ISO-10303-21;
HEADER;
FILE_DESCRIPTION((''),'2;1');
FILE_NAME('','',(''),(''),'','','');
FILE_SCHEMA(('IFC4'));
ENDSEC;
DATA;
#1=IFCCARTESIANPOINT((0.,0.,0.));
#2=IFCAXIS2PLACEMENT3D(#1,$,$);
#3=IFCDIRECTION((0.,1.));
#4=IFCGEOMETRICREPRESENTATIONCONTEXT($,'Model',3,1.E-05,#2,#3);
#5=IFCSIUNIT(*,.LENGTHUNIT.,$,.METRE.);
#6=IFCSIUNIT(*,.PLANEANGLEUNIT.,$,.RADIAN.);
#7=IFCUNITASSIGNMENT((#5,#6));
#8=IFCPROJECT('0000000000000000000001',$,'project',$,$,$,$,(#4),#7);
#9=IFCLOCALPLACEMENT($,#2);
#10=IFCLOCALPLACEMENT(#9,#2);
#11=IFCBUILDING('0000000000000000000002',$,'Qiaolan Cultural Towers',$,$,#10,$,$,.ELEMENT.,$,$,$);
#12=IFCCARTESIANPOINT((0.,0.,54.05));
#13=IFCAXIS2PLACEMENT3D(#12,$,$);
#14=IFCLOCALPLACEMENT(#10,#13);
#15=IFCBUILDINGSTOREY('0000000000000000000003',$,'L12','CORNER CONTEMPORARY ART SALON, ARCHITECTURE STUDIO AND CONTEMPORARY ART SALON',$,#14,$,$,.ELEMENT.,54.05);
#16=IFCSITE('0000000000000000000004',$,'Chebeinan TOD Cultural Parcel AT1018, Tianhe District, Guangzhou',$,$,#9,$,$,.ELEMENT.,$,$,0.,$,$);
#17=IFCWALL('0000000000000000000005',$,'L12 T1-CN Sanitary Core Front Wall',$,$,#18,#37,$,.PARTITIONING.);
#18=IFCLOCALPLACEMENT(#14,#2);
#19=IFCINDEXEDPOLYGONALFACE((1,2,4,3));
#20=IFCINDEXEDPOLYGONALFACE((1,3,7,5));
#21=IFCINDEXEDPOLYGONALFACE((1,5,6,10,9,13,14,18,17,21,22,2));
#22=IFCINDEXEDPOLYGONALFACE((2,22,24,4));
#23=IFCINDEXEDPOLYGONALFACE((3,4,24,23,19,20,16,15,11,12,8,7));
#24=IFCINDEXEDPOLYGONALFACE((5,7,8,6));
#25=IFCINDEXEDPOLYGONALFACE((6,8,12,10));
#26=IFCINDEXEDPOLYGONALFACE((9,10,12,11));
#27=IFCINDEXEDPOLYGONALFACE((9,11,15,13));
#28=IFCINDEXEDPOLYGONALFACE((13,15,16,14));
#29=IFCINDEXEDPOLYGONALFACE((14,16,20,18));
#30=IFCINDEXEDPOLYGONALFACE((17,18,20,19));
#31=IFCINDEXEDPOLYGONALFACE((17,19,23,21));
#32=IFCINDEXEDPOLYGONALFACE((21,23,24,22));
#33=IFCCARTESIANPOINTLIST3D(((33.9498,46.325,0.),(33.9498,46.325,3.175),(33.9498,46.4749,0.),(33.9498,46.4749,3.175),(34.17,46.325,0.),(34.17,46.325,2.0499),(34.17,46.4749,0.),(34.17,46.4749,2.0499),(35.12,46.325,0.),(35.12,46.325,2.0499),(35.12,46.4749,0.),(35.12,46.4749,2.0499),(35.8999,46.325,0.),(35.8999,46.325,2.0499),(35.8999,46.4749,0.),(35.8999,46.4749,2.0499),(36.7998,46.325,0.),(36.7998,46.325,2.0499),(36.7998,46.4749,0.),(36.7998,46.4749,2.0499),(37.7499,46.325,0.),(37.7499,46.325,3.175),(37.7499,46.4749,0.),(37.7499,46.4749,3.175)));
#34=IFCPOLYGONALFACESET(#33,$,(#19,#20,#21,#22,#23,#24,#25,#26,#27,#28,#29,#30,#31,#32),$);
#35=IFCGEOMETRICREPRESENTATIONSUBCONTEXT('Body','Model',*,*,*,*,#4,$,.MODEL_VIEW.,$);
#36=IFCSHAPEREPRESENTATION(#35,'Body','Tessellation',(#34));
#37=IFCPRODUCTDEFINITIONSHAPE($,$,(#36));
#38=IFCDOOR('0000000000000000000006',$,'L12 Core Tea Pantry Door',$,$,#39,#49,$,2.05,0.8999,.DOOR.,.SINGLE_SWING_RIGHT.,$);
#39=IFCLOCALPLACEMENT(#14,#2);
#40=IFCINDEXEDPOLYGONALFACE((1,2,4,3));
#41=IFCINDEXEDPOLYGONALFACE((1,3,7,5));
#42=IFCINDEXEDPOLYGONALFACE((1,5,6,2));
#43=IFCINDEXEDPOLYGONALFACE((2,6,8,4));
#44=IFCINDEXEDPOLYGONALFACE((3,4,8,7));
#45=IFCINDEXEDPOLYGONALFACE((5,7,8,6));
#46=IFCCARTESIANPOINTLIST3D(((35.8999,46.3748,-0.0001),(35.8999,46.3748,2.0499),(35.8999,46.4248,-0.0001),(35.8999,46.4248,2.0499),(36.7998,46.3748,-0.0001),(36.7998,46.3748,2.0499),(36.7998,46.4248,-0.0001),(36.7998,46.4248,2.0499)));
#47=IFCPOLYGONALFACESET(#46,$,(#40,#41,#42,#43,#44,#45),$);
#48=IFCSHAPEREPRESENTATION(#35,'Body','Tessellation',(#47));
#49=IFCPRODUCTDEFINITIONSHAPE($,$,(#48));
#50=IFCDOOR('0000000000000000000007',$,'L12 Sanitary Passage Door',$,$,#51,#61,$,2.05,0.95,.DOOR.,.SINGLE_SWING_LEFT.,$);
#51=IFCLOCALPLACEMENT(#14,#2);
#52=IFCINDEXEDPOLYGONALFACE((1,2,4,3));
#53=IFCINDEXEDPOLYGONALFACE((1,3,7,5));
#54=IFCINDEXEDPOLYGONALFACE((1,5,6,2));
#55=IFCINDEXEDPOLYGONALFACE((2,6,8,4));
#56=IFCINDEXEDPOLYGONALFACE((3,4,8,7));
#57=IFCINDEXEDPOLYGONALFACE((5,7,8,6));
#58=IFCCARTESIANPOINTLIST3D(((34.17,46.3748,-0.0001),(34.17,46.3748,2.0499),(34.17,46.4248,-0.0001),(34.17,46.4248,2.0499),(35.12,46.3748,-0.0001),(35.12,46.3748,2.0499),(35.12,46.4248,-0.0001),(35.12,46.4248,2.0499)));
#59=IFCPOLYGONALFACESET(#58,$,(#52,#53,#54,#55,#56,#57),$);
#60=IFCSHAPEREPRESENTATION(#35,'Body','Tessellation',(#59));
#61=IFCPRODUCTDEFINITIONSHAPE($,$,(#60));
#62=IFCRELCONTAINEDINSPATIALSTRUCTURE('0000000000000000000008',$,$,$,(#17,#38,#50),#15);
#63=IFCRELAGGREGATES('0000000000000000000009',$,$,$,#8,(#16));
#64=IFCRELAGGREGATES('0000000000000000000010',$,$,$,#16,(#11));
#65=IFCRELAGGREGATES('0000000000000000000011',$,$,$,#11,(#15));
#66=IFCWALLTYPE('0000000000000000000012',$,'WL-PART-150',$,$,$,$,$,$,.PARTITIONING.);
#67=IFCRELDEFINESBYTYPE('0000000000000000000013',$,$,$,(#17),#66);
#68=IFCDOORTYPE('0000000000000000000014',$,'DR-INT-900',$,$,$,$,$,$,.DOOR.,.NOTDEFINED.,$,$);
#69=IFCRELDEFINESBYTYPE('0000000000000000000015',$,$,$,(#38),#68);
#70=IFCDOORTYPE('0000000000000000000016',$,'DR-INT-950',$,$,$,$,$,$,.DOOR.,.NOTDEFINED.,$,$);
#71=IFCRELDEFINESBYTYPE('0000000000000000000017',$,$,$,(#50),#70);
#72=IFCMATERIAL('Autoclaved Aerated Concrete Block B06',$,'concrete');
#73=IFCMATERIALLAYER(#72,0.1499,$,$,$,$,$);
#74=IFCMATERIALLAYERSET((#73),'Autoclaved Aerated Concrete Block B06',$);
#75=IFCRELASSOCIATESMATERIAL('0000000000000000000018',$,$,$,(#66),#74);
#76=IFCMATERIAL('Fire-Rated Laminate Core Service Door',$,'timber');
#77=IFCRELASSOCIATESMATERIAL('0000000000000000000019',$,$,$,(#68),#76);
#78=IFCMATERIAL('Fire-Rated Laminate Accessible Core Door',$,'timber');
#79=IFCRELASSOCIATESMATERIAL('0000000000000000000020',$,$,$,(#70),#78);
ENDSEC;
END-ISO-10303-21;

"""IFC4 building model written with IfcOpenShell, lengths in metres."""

from ifc_helpers import new_model, si_unit, direction, frame, frame_2d, origin, place, context, subcontext, project, spatial, rectangle, extrude, material, layer, layer_set, type_object, element, fill, save


model = new_model("IFC4")

# Units and contexts
model_context = context("Model", 3, precision=1e-05, world=origin(), true_north=direction((0.0, 1.0)))
body_context = subcontext(model_context, "Body", "Model", "MODEL_VIEW")
ifc_project = project(units=[si_unit("LENGTHUNIT", "METRE"), si_unit("PLANEANGLEUNIT", "RADIAN")], contexts=[model_context])

# Site, building, storey
site_placement = place(None, origin())
site = spatial("IfcSite", under=ifc_project, at=site_placement, Name="Chebeinan TOD Cultural Parcel AT1018, Tianhe District, Guangzhou", CompositionType="ELEMENT", RefElevation=0.0)
building_placement = place(site_placement, origin())
building = spatial("IfcBuilding", under=site, at=building_placement, Name="Qiaolan Cultural Towers", CompositionType="ELEMENT")
storey_placement = place(building_placement, frame((0.0, 0.0, 54.05)))
storey = spatial("IfcBuildingStorey", under=building, at=storey_placement, Name="L12", Description="CORNER CONTEMPORARY ART SALON, ARCHITECTURE STUDIO AND CONTEMPORARY ART SALON", CompositionType="ELEMENT", Elevation=54.05)

# Shared definitions
ifc_material_1 = material(Name="Autoclaved Aerated Concrete Block B06", Category="concrete")
ifc_layer_1 = layer(ifc_material_1, 0.1499)
ifc_layer_set_1 = layer_set([ifc_layer_1], Name="Autoclaved Aerated Concrete Block B06")
wall_type_1 = type_object("IfcWallType", Name="WL-PART-150", PredefinedType="PARTITIONING", material=ifc_layer_set_1)

# Wall, openings, doors
wall_1_placement = place(storey_placement, frame((33.95, 46.3999, 0.0), z_axis=(0.0, 0.0, 1.0), x_axis=(1.0, 0.0, 0.0)))
wall_1 = element("IfcWall", 1, at=wall_1_placement, inside=storey, type_object=wall_type_1, Name="L12 T1-CN Sanitary Core Front Wall", PredefinedType="PARTITIONING", context=body_context, shape_type="SweptSolid", body=[
    extrude(rectangle(XDim=3.8, YDim=0.1499, at=frame_2d((1.8999, 0.0))), origin(), (0.0, 0.0, 1.0), 3.175),
])
opening_1_placement = place(wall_1_placement, frame((0.22, 0.0, 0.0)))
opening_1 = element("IfcOpeningElement", 2, at=opening_1_placement, cuts=wall_1, PredefinedType="OPENING", context=body_context, shape_type="SweptSolid", body=[
    extrude(rectangle(XDim=0.95, YDim=2.05, at=frame_2d((0.4751, 1.0249))), frame((0.0, 0.085, 0.0), z_axis=(0.0, -1.0, 0.0), x_axis=(1.0, 0.0, 0.0)), (0.0, 0.0, 1.0), 0.1699),
])
opening_2_placement = place(wall_1_placement, frame((1.95, 0.0, 0.0)))
opening_2 = element("IfcOpeningElement", 3, at=opening_2_placement, cuts=wall_1, PredefinedType="OPENING", context=body_context, shape_type="SweptSolid", body=[
    extrude(rectangle(XDim=0.8999, YDim=2.05, at=frame_2d((0.45, 1.0249))), frame((0.0, 0.085, 0.0), z_axis=(0.0, -1.0, 0.0), x_axis=(1.0, 0.0, 0.0)), (0.0, 0.0, 1.0), 0.1699),
])
ifc_material_2 = material(Name="Fire-Rated Laminate Core Service Door", Category="timber")
door_type_1 = type_object("IfcDoorType", Name="DR-INT-900", OperationType="NOTDEFINED", PredefinedType="DOOR", material=ifc_material_2)
door_1_placement = place(opening_2_placement, origin())
door_1 = element("IfcDoor", 4, at=door_1_placement, inside=storey, type_object=door_type_1, Name="L12 Core Tea Pantry Door", OperationType="SINGLE_SWING_RIGHT", OverallHeight=2.05, OverallWidth=0.8999, PredefinedType="DOOR", context=body_context, shape_type="SweptSolid", body=[
    extrude(rectangle(XDim=0.8999, YDim=2.05, at=frame_2d((0.45, 1.0249))), frame((0.0, 0.0249, 0.0), z_axis=(0.0, -1.0, 0.0), x_axis=(1.0, 0.0, 0.0)), (0.0, 0.0, 1.0), 0.05),
])
fill(opening_2, door_1)
ifc_material_3 = material(Name="Fire-Rated Laminate Accessible Core Door", Category="timber")
door_type_2 = type_object("IfcDoorType", Name="DR-INT-950", OperationType="NOTDEFINED", PredefinedType="DOOR", material=ifc_material_3)
door_2_placement = place(opening_1_placement, origin())
door_2 = element("IfcDoor", 5, at=door_2_placement, inside=storey, type_object=door_type_2, Name="L12 Sanitary Passage Door", OperationType="SINGLE_SWING_LEFT", OverallHeight=2.05, OverallWidth=0.95, PredefinedType="DOOR", context=body_context, shape_type="SweptSolid", body=[
    extrude(rectangle(XDim=0.95, YDim=2.05, at=frame_2d((0.4751, 1.0249))), frame((0.0, 0.0249, 0.0), z_axis=(0.0, -1.0, 0.0), x_axis=(1.0, 0.0, 0.0)), (0.0, 0.0, 1.0), 0.05),
])
fill(opening_1, door_2)

save(model, "model.ifc")
